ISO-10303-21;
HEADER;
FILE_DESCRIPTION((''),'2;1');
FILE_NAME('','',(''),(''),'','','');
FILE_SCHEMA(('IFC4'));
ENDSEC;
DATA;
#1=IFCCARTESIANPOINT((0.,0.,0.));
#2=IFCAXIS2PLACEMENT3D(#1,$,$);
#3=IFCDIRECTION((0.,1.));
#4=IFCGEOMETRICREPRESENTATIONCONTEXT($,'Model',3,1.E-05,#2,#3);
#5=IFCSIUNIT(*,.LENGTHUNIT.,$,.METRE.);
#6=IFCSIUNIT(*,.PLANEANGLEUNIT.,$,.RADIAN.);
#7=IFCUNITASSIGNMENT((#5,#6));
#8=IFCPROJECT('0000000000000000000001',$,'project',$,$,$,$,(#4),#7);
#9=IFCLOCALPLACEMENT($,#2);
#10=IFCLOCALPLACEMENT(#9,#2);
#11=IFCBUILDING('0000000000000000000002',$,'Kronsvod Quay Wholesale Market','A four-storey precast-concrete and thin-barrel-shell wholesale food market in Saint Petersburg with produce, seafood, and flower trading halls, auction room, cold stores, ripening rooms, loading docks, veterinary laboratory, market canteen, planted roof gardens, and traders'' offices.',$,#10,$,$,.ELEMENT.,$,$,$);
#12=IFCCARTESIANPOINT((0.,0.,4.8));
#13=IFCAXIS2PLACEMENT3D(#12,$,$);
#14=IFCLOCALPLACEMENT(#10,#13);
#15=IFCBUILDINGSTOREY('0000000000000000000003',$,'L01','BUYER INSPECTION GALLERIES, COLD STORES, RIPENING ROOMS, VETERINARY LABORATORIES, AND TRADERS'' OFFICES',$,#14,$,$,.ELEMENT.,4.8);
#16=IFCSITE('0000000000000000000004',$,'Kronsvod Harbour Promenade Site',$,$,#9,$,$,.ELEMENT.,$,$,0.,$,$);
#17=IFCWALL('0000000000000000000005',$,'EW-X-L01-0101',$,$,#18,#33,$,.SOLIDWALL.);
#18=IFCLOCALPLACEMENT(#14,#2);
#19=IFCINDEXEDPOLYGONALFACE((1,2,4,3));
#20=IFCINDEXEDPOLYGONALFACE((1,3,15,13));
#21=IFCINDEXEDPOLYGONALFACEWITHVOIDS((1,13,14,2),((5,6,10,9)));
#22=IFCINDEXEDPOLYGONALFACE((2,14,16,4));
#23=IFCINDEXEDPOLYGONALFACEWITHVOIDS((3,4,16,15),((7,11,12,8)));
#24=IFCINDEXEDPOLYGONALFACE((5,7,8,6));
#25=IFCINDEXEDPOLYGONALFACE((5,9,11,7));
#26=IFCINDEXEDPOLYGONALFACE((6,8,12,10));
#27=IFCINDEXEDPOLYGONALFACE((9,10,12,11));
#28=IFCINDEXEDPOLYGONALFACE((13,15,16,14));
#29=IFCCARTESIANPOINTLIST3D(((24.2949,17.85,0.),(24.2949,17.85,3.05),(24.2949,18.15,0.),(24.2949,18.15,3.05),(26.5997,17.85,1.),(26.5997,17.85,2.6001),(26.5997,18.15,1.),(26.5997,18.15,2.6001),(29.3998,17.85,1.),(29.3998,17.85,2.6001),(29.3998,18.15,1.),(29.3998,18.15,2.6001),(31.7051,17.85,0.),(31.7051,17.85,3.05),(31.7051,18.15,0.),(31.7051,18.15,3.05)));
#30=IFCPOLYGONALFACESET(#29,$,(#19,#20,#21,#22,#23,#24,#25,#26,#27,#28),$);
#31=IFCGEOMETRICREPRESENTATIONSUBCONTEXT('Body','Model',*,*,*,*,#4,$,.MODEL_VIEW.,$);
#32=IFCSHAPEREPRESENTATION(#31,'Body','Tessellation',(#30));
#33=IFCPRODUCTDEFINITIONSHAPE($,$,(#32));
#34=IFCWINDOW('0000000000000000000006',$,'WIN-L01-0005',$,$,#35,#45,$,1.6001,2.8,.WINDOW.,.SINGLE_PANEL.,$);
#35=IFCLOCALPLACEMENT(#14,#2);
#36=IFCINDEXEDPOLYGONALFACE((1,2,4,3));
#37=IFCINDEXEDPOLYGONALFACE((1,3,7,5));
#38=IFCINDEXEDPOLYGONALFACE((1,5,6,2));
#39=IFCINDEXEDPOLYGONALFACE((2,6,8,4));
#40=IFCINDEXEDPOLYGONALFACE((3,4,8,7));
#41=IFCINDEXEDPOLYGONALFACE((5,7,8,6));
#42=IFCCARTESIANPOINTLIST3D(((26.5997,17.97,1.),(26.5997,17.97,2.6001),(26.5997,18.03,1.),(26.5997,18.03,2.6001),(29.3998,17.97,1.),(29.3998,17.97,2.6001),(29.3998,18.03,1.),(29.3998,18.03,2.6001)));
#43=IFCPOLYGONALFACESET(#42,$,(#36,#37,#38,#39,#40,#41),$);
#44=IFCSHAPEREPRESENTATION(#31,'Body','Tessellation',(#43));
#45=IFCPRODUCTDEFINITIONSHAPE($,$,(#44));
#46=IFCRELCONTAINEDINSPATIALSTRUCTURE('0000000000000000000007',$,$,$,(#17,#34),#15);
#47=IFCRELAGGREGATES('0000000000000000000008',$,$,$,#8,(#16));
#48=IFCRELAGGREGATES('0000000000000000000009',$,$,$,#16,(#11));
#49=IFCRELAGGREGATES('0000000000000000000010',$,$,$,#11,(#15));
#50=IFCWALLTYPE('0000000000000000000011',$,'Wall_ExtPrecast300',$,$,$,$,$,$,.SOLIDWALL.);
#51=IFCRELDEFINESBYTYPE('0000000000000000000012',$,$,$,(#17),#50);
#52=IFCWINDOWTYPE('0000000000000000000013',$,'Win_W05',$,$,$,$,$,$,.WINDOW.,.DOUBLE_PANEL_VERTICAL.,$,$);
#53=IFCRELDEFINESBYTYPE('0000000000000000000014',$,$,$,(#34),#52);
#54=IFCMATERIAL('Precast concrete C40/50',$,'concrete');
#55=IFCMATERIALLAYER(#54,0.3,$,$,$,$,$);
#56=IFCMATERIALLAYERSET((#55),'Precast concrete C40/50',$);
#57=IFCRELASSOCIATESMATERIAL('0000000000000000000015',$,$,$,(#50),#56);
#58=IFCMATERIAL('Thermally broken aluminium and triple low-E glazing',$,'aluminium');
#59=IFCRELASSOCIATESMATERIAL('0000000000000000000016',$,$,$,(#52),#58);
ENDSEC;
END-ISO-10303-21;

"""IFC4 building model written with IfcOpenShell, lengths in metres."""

from ifc_helpers import new_model, si_unit, direction, frame, frame_2d, origin, place, context, subcontext, project, spatial, rectangle, extrude, material, layer, layer_set, type_object, element, fill, save


model = new_model("IFC4")

# Units and contexts
model_context = context("Model", 3, precision=1e-05, world=origin(), true_north=direction((0.0, 1.0)))
body_context = subcontext(model_context, "Body", "Model", "MODEL_VIEW")
ifc_project = project(units=[si_unit("LENGTHUNIT", "METRE"), si_unit("PLANEANGLEUNIT", "RADIAN")], contexts=[model_context])

# Site, building, storey
site_placement = place(None, origin())
site = spatial("IfcSite", under=ifc_project, at=site_placement, Name="Kronsvod Harbour Promenade Site", CompositionType="ELEMENT", RefElevation=0.0)
building_placement = place(site_placement, origin())
building = spatial("IfcBuilding", under=site, at=building_placement, Name="Kronsvod Quay Wholesale Market", Description="A four-storey precast-concrete and thin-barrel-shell wholesale food market in Saint Petersburg with produce, seafood, and flower trading halls, auction room, cold stores, ripening rooms, loading docks, veterinary laboratory, market canteen, planted roof gardens, and traders' offices.", CompositionType="ELEMENT")
storey_placement = place(building_placement, frame((0.0, 0.0, 4.8)))
storey = spatial("IfcBuildingStorey", under=building, at=storey_placement, Name="L01", Description="BUYER INSPECTION GALLERIES, COLD STORES, RIPENING ROOMS, VETERINARY LABORATORIES, AND TRADERS' OFFICES", CompositionType="ELEMENT", Elevation=4.8)

# Wall, opening, window
ifc_material_1 = material(Name="Precast concrete C40/50", Category="concrete")
ifc_layer = layer(ifc_material_1, 0.3)
ifc_layer_set = layer_set([ifc_layer], Name="Precast concrete C40/50")
wall_type = type_object("IfcWallType", Name="Wall_ExtPrecast300", PredefinedType="SOLIDWALL", material=ifc_layer_set)
wall_placement = place(storey_placement, frame((24.2949, 18.0, 0.0), z_axis=(0.0, 0.0, 1.0), x_axis=(1.0, 0.0, 0.0)))
wall = element("IfcWall", 1, at=wall_placement, inside=storey, type_object=wall_type, Name="EW-X-L01-0101", PredefinedType="SOLIDWALL", context=body_context, shape_type="SweptSolid", body=[
    extrude(rectangle(XDim=7.4102, YDim=0.3, at=frame_2d((3.7051, 0.0))), origin(), (0.0, 0.0, 1.0), 3.05),
])
opening_placement = place(wall_placement, frame((2.3049, 0.0, 1.0)))
opening = element("IfcOpeningElement", 2, at=opening_placement, cuts=wall, PredefinedType="OPENING", context=body_context, shape_type="SweptSolid", body=[
    extrude(rectangle(XDim=2.8, YDim=1.6001, at=frame_2d((1.3999, 0.8))), frame((0.0, 0.1602, 0.0), z_axis=(0.0, -1.0, 0.0), x_axis=(1.0, 0.0, 0.0)), (0.0, 0.0, 1.0), 0.3201),
])
ifc_material_2 = material(Name="Thermally broken aluminium and triple low-E glazing", Category="aluminium")
window_type = type_object("IfcWindowType", Name="Win_W05", PartitioningType="DOUBLE_PANEL_VERTICAL", PredefinedType="WINDOW", material=ifc_material_2)
window_placement = place(opening_placement, origin())
window = element("IfcWindow", 3, at=window_placement, inside=storey, type_object=window_type, Name="WIN-L01-0005", OverallHeight=1.6001, OverallWidth=2.8, PartitioningType="SINGLE_PANEL", PredefinedType="WINDOW", context=body_context, shape_type="SweptSolid", body=[
    extrude(rectangle(XDim=2.8, YDim=1.6001, at=frame_2d((1.3999, 0.8))), frame((0.0, 0.03, 0.0), z_axis=(0.0, -1.0, 0.0), x_axis=(1.0, 0.0, 0.0)), (0.0, 0.0, 1.0), 0.0601),
])
fill(opening, window)

save(model, "model.ifc")
